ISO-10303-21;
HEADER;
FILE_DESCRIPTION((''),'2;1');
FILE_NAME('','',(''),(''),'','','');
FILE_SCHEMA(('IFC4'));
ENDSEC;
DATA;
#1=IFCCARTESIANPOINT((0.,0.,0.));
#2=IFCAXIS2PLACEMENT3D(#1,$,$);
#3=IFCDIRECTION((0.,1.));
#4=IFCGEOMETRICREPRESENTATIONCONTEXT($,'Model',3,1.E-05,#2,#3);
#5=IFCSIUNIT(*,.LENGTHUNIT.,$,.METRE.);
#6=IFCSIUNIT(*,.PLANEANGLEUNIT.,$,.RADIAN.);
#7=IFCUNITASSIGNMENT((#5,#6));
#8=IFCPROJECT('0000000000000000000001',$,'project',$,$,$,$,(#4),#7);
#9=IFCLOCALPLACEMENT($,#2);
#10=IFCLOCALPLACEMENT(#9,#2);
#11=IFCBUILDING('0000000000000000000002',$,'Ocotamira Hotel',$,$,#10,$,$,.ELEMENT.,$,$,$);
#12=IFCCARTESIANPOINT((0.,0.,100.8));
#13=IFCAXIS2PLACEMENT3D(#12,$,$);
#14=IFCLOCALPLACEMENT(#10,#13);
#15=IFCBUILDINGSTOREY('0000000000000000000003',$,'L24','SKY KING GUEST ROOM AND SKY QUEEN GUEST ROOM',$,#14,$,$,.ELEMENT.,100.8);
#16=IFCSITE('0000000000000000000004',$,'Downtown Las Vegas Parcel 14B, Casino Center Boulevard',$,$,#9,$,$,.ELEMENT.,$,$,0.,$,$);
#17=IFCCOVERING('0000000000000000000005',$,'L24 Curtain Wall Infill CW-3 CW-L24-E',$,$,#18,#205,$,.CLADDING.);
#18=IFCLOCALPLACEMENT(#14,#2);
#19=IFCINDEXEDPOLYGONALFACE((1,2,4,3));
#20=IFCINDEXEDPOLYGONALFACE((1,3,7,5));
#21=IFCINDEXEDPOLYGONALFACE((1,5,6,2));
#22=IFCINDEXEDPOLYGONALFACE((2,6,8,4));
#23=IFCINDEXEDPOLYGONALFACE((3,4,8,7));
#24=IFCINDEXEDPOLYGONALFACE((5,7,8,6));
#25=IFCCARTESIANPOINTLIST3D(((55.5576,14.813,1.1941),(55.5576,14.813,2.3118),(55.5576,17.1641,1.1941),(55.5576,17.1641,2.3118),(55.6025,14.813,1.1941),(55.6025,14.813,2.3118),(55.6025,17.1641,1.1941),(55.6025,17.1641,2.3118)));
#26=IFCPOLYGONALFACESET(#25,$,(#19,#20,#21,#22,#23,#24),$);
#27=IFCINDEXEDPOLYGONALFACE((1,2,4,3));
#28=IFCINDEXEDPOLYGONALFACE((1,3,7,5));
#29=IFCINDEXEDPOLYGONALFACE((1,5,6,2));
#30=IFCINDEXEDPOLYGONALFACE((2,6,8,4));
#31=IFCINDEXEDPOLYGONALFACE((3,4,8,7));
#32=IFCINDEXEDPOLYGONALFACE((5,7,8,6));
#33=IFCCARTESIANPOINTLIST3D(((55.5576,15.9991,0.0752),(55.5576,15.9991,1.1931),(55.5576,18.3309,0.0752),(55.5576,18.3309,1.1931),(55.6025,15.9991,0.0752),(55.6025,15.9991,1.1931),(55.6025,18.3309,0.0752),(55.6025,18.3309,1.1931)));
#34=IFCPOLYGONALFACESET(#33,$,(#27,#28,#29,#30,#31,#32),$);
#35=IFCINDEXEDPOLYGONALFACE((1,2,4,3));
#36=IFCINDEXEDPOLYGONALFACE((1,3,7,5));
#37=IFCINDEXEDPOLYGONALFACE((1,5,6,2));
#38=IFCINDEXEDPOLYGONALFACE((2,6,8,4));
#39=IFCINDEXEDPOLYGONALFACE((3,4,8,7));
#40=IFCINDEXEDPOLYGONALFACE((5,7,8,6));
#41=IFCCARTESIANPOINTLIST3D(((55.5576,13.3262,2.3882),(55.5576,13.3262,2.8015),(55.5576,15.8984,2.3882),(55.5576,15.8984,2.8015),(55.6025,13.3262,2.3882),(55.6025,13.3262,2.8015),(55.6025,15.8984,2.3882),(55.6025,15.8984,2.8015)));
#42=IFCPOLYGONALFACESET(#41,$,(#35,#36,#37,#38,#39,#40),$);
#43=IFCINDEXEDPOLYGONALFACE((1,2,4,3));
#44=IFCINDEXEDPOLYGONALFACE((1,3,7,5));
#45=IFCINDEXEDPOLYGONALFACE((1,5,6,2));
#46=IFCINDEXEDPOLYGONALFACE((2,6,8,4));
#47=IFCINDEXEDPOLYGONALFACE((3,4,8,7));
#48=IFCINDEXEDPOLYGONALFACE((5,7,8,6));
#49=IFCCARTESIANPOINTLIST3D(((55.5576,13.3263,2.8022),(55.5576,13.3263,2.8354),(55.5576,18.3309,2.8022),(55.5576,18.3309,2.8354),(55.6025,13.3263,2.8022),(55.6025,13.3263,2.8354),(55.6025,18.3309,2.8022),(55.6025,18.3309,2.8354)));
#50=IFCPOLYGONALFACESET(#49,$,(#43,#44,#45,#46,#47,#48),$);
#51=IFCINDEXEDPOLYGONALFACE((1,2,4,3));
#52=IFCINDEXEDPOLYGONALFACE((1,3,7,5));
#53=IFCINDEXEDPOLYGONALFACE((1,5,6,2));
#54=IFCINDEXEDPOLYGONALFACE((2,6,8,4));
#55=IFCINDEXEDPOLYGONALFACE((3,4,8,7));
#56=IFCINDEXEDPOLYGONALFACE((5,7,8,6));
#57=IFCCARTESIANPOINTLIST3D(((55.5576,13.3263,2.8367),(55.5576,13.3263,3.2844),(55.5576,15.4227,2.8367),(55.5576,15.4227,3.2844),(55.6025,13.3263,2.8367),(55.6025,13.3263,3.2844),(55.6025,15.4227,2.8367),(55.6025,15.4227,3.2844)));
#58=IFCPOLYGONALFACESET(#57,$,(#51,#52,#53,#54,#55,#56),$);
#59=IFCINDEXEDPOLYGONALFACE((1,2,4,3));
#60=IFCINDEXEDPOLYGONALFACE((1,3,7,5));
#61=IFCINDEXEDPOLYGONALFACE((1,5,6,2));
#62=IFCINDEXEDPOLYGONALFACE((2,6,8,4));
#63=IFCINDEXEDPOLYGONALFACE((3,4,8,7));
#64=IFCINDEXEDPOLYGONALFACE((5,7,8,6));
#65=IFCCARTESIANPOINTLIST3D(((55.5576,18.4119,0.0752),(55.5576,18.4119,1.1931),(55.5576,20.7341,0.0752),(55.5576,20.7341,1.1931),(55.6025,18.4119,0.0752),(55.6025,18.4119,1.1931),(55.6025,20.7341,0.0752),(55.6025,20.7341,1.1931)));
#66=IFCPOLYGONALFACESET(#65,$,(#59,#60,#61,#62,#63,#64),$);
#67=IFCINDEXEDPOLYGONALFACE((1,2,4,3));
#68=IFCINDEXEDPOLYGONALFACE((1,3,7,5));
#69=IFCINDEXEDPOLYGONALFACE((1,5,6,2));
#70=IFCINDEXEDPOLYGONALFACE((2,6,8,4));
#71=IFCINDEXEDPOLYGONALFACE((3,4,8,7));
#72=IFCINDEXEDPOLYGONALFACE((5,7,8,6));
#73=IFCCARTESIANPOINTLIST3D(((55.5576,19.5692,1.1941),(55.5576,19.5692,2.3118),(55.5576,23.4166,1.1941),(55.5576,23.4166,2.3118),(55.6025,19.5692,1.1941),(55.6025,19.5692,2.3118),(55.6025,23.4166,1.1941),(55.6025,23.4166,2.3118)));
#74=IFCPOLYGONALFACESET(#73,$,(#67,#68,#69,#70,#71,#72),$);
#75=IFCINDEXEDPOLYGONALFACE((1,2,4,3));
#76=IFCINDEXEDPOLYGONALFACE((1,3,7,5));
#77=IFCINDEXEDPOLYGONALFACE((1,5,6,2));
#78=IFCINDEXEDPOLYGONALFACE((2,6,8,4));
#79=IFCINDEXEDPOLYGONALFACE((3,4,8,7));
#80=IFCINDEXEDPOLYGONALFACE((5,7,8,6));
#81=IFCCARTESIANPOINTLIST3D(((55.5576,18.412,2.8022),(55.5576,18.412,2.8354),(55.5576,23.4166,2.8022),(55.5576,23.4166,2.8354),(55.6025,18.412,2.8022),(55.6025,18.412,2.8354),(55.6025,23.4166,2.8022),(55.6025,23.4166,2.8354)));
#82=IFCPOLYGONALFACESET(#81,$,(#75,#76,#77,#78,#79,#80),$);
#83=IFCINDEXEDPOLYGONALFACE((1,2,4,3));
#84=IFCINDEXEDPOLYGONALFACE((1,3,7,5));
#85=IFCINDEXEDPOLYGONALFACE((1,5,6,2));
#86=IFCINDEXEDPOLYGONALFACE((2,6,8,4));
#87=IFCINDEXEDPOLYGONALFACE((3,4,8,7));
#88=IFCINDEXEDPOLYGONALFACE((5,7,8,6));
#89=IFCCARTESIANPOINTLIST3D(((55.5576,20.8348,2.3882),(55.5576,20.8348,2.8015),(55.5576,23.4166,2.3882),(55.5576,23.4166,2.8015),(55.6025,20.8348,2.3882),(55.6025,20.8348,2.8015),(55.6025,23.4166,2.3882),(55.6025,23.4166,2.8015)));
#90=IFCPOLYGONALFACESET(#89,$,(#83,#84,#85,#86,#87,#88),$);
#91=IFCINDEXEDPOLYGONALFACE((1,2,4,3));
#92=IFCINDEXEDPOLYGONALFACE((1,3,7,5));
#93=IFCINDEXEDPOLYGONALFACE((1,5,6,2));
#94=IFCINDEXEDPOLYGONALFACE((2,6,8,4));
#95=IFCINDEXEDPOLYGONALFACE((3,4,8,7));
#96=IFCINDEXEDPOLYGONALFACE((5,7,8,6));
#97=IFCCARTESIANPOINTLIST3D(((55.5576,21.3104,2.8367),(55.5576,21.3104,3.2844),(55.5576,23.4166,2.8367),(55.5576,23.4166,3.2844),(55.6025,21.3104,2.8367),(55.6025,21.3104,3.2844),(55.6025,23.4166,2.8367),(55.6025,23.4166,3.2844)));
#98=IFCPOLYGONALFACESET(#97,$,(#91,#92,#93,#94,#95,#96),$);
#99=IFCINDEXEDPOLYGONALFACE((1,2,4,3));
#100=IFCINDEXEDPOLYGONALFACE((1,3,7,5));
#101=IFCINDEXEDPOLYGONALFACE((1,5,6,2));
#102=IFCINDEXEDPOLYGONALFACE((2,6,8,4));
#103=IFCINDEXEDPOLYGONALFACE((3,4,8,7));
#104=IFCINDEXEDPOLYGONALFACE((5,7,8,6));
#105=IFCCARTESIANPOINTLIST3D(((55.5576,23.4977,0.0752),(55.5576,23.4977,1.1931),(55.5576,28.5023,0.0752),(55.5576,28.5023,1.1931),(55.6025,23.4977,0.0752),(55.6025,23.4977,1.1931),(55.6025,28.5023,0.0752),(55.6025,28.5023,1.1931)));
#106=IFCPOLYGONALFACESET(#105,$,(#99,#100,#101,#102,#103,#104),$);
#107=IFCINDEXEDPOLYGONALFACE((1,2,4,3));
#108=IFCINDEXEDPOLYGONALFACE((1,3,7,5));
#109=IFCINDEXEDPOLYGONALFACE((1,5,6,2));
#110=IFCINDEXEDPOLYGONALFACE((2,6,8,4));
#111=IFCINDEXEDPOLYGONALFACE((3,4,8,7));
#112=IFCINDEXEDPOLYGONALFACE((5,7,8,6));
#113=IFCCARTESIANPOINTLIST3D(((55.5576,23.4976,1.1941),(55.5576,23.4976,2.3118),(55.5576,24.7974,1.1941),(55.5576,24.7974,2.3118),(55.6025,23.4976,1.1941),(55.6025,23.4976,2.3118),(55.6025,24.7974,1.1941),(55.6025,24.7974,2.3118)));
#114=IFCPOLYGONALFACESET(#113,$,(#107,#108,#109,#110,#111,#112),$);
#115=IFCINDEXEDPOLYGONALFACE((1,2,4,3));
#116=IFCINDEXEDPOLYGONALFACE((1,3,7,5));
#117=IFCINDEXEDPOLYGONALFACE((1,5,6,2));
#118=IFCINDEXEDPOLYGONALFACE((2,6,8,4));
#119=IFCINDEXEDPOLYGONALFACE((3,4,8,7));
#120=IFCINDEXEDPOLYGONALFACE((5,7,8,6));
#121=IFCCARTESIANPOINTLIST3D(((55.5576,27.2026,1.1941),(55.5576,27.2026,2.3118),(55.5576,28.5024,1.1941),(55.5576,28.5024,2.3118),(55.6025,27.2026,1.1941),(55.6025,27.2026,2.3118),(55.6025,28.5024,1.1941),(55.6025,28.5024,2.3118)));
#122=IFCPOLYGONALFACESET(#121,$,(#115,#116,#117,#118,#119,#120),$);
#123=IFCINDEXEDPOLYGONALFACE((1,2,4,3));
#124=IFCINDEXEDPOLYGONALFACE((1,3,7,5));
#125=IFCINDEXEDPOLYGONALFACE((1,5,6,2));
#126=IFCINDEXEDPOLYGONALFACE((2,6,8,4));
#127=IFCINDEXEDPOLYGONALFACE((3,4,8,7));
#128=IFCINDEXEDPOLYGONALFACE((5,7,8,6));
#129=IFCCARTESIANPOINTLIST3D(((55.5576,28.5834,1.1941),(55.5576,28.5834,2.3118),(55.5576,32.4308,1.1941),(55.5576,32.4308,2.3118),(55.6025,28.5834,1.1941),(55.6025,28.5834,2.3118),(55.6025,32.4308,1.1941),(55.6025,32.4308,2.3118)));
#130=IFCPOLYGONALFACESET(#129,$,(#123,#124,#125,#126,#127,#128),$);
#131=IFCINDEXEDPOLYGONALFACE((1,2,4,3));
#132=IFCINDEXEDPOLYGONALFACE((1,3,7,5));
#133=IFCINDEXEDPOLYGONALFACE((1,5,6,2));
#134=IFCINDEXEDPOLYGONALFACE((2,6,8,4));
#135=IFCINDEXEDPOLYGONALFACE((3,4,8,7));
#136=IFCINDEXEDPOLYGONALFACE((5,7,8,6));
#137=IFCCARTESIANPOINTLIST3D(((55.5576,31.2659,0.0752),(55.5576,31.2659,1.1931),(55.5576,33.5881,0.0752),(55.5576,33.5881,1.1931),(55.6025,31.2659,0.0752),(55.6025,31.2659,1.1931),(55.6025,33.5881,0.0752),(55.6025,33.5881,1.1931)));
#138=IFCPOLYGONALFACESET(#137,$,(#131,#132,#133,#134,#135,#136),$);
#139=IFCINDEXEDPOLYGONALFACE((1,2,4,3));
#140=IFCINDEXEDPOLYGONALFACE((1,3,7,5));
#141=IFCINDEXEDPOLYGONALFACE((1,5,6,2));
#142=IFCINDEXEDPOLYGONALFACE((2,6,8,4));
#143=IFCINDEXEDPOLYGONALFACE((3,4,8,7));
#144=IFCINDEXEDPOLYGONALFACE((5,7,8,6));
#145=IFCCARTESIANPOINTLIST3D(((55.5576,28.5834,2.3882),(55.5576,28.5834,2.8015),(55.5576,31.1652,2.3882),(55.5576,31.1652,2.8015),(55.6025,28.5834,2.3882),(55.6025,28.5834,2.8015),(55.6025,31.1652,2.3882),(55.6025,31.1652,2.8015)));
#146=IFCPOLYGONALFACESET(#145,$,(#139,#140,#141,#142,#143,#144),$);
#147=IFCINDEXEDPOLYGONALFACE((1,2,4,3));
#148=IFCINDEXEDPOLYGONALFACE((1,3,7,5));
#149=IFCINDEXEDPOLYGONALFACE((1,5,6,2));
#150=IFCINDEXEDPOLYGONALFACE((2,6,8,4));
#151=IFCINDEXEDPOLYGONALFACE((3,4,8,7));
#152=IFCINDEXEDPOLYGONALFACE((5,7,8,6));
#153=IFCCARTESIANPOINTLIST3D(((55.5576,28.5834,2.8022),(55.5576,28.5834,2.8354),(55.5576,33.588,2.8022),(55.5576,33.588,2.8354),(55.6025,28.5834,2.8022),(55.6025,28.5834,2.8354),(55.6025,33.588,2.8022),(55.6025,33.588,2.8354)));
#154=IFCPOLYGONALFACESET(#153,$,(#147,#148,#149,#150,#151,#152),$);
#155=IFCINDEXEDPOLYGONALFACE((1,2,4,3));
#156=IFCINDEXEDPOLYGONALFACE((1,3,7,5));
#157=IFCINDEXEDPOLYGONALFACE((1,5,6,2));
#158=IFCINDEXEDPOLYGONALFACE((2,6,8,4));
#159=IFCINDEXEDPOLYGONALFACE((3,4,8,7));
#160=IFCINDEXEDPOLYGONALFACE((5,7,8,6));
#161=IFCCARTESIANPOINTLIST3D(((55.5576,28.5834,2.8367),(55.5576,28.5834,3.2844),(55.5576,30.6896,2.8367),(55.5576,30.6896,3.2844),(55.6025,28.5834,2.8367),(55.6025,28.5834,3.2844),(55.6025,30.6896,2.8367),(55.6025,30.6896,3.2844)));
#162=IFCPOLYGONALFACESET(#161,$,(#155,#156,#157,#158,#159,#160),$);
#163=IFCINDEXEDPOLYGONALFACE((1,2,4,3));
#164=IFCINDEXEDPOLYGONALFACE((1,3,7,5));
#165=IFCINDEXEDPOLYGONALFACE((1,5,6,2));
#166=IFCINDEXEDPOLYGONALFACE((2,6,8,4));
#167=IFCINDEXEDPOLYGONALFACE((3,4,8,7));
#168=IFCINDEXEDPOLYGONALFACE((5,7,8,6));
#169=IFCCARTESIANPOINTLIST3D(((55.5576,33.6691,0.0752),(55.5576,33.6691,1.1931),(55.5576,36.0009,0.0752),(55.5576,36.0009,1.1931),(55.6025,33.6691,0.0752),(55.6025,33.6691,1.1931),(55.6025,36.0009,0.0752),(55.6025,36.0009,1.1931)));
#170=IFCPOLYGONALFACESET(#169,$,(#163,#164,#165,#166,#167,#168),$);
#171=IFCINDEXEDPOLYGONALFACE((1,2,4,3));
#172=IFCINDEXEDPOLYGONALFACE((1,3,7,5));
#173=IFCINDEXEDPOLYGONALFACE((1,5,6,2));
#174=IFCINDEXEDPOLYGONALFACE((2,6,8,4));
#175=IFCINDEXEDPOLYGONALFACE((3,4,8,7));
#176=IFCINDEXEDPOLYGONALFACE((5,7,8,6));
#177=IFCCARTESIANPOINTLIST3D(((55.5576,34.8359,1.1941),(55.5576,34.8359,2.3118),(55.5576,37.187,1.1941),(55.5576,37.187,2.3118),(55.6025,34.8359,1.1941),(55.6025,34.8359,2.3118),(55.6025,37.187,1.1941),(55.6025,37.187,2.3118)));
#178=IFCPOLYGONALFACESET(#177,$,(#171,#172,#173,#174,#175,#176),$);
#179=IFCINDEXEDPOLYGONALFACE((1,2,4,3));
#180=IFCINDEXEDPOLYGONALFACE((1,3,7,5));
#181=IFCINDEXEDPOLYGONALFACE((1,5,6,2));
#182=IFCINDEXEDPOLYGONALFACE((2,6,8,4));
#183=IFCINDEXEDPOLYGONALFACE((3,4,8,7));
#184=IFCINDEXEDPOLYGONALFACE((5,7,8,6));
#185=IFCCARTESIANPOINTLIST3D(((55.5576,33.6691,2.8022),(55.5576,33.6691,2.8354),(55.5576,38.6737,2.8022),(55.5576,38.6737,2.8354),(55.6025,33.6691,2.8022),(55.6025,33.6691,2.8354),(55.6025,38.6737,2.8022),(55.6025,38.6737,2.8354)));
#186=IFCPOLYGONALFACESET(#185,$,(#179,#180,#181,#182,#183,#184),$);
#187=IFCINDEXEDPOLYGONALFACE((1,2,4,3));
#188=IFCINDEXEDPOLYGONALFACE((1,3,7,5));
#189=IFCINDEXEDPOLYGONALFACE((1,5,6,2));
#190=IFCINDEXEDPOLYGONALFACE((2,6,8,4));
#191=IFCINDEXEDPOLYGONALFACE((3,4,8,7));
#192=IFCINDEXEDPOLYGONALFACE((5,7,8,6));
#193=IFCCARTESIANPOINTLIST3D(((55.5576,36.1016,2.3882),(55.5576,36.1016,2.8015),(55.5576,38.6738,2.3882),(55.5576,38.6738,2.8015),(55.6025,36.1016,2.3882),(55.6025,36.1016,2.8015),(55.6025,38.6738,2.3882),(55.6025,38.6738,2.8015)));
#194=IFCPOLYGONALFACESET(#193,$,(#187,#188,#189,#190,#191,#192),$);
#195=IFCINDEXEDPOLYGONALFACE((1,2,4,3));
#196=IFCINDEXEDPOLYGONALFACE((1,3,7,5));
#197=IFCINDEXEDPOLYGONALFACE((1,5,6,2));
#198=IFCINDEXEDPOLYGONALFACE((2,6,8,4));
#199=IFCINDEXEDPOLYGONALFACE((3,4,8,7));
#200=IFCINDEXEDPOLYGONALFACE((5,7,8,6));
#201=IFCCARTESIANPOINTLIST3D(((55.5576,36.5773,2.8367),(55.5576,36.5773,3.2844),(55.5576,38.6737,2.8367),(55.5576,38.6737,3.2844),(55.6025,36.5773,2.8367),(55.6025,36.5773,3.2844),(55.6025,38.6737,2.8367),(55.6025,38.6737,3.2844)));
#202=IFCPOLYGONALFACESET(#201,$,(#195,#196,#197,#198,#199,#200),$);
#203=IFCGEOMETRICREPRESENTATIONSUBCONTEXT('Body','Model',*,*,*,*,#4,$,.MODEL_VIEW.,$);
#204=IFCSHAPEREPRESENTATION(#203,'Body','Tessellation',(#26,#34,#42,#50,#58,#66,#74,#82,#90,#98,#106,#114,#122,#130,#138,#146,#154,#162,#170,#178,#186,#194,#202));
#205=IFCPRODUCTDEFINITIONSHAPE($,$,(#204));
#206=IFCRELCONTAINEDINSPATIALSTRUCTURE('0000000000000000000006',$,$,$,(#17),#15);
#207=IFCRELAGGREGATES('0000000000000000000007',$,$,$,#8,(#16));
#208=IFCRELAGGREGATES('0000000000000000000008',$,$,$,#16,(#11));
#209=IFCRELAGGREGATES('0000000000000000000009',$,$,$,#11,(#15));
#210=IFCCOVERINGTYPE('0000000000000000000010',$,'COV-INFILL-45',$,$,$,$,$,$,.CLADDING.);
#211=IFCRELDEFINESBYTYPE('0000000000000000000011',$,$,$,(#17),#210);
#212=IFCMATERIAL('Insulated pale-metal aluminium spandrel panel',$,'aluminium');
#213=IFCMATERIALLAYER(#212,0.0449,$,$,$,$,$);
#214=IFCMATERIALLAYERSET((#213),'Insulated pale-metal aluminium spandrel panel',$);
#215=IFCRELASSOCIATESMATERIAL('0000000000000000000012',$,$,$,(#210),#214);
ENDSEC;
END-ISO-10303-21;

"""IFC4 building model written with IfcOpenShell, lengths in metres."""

from ifc_helpers import new_model, si_unit, direction, frame, origin, origin_2d, place, context, subcontext, project, spatial, rectangle, extrude, material, layer, layer_set, type_object, element, save


model = new_model("IFC4")

# Units and contexts
model_context = context("Model", 3, precision=1e-05, world=origin(), true_north=direction((0.0, 1.0)))
body_context = subcontext(model_context, "Body", "Model", "MODEL_VIEW")
ifc_project = project(units=[si_unit("LENGTHUNIT", "METRE"), si_unit("PLANEANGLEUNIT", "RADIAN")], contexts=[model_context])

# Site, building, storey
site_placement = place(None, origin())
site = spatial("IfcSite", under=ifc_project, at=site_placement, Name="Downtown Las Vegas Parcel 14B, Casino Center Boulevard", CompositionType="ELEMENT", RefElevation=0.0)
building_placement = place(site_placement, origin())
building = spatial("IfcBuilding", under=site, at=building_placement, Name="Ocotamira Hotel", CompositionType="ELEMENT")
storey_placement = place(building_placement, frame((0.0, 0.0, 100.8)))
storey = spatial("IfcBuildingStorey", under=building, at=storey_placement, Name="L24", Description="SKY KING GUEST ROOM AND SKY QUEEN GUEST ROOM", CompositionType="ELEMENT", Elevation=100.8)

# Covering
ifc_material_1 = material(Name="Insulated pale-metal aluminium spandrel panel", Category="aluminium")
ifc_layer_1 = layer(ifc_material_1, 0.0449)
ifc_layer_set_1 = layer_set([ifc_layer_1], Name="Insulated pale-metal aluminium spandrel panel")
covering_type_1 = type_object("IfcCoveringType", Name="COV-INFILL-45", PredefinedType="CLADDING", material=ifc_layer_set_1)
covering_1_placement = place(storey_placement, origin())
element("IfcCovering", 1, at=covering_1_placement, inside=storey, type_object=covering_type_1, Name="L24 Curtain Wall Infill CW-3 CW-L24-E", PredefinedType="CLADDING", context=body_context, shape_type="SweptSolid", body=[
    extrude(rectangle(XDim=2.3511, YDim=0.0449, at=origin_2d()), frame((55.5801, 15.9885, 1.1941), z_axis=(0.0, 0.0, 1.0), x_axis=(0.0, 1.0, 0.0)), (0.0, 0.0, 1.0), 1.1177),
    extrude(rectangle(XDim=2.3318, YDim=0.0449, at=origin_2d()), frame((55.5801, 17.165, 0.0752), z_axis=(0.0, 0.0, 1.0), x_axis=(0.0, 1.0, 0.0)), (0.0, 0.0, 1.0), 1.1179),
    extrude(rectangle(XDim=2.5723, YDim=0.0449, at=origin_2d()), frame((55.5801, 14.6123, 2.3882), z_axis=(0.0, 0.0, 1.0), x_axis=(0.0, 1.0, 0.0)), (0.0, 0.0, 1.0), 0.4133),
    extrude(rectangle(XDim=5.0046, YDim=0.0449, at=origin_2d()), frame((55.5801, 15.8286, 2.8022), z_axis=(0.0, 0.0, 1.0), x_axis=(0.0, 1.0, 0.0)), (0.0, 0.0, 1.0), 0.0332),
    extrude(rectangle(XDim=2.0964, YDim=0.0449, at=origin_2d()), frame((55.5801, 14.3745, 2.8367), z_axis=(0.0, 0.0, 1.0), x_axis=(0.0, 1.0, 0.0)), (0.0, 0.0, 1.0), 0.4478),
    extrude(rectangle(XDim=2.3223, YDim=0.0449, at=origin_2d()), frame((55.5801, 19.573, 0.0752), z_axis=(0.0, 0.0, 1.0), x_axis=(0.0, 1.0, 0.0)), (0.0, 0.0, 1.0), 1.1179),
    extrude(rectangle(XDim=3.8474, YDim=0.0449, at=origin_2d()), frame((55.5801, 21.4929, 1.1941), z_axis=(0.0, 0.0, 1.0), x_axis=(0.0, 1.0, 0.0)), (0.0, 0.0, 1.0), 1.1177),
    extrude(rectangle(XDim=5.0046, YDim=0.0449, at=origin_2d()), frame((55.5801, 20.9143, 2.8022), z_axis=(0.0, 0.0, 1.0), x_axis=(0.0, 1.0, 0.0)), (0.0, 0.0, 1.0), 0.0332),
    extrude(rectangle(XDim=2.5818, YDim=0.0449, at=origin_2d()), frame((55.5801, 22.1257, 2.3882), z_axis=(0.0, 0.0, 1.0), x_axis=(0.0, 1.0, 0.0)), (0.0, 0.0, 1.0), 0.4133),
    extrude(rectangle(XDim=2.1062, YDim=0.0449, at=origin_2d()), frame((55.5801, 22.3635, 2.8367), z_axis=(0.0, 0.0, 1.0), x_axis=(0.0, 1.0, 0.0)), (0.0, 0.0, 1.0), 0.4478),
    extrude(rectangle(XDim=5.0046, YDim=0.0449, at=origin_2d()), frame((55.5801, 26.0, 0.0752), z_axis=(0.0, 0.0, 1.0), x_axis=(0.0, 1.0, 0.0)), (0.0, 0.0, 1.0), 1.1179),
    extrude(rectangle(XDim=1.2998, YDim=0.0449, at=origin_2d()), frame((55.5801, 24.1475, 1.1941), z_axis=(0.0, 0.0, 1.0), x_axis=(0.0, 1.0, 0.0)), (0.0, 0.0, 1.0), 1.1177),
    extrude(rectangle(XDim=1.2998, YDim=0.0449, at=origin_2d()), frame((55.5801, 27.8525, 1.1941), z_axis=(0.0, 0.0, 1.0), x_axis=(0.0, 1.0, 0.0)), (0.0, 0.0, 1.0), 1.1177),
    extrude(rectangle(XDim=3.8474, YDim=0.0449, at=origin_2d()), frame((55.5801, 30.5071, 1.1941), z_axis=(0.0, 0.0, 1.0), x_axis=(0.0, 1.0, 0.0)), (0.0, 0.0, 1.0), 1.1177),
    extrude(rectangle(XDim=2.3223, YDim=0.0449, at=origin_2d()), frame((55.5801, 32.427, 0.0752), z_axis=(0.0, 0.0, 1.0), x_axis=(0.0, 1.0, 0.0)), (0.0, 0.0, 1.0), 1.1179),
    extrude(rectangle(XDim=2.5818, YDim=0.0449, at=origin_2d()), frame((55.5801, 29.8743, 2.3882), z_axis=(0.0, 0.0, 1.0), x_axis=(0.0, 1.0, 0.0)), (0.0, 0.0, 1.0), 0.4133),
    extrude(rectangle(XDim=5.0046, YDim=0.0449, at=origin_2d()), frame((55.5801, 31.0857, 2.8022), z_axis=(0.0, 0.0, 1.0), x_axis=(0.0, 1.0, 0.0)), (0.0, 0.0, 1.0), 0.0332),
    extrude(rectangle(XDim=2.1062, YDim=0.0449, at=origin_2d()), frame((55.5801, 29.6365, 2.8367), z_axis=(0.0, 0.0, 1.0), x_axis=(0.0, 1.0, 0.0)), (0.0, 0.0, 1.0), 0.4478),
    extrude(rectangle(XDim=2.3318, YDim=0.0449, at=origin_2d()), frame((55.5801, 34.835, 0.0752), z_axis=(0.0, 0.0, 1.0), x_axis=(0.0, 1.0, 0.0)), (0.0, 0.0, 1.0), 1.1179),
    extrude(rectangle(XDim=2.3511, YDim=0.0449, at=origin_2d()), frame((55.5801, 36.0115, 1.1941), z_axis=(0.0, 0.0, 1.0), x_axis=(0.0, 1.0, 0.0)), (0.0, 0.0, 1.0), 1.1177),
    extrude(rectangle(XDim=5.0046, YDim=0.0449, at=origin_2d()), frame((55.5801, 36.1714, 2.8022), z_axis=(0.0, 0.0, 1.0), x_axis=(0.0, 1.0, 0.0)), (0.0, 0.0, 1.0), 0.0332),
    extrude(rectangle(XDim=2.5723, YDim=0.0449, at=origin_2d()), frame((55.5801, 37.3877, 2.3882), z_axis=(0.0, 0.0, 1.0), x_axis=(0.0, 1.0, 0.0)), (0.0, 0.0, 1.0), 0.4133),
    extrude(rectangle(XDim=2.0964, YDim=0.0449, at=origin_2d()), frame((55.5801, 37.6255, 2.8367), z_axis=(0.0, 0.0, 1.0), x_axis=(0.0, 1.0, 0.0)), (0.0, 0.0, 1.0), 0.4478),
])

save(model, "model.ifc")
